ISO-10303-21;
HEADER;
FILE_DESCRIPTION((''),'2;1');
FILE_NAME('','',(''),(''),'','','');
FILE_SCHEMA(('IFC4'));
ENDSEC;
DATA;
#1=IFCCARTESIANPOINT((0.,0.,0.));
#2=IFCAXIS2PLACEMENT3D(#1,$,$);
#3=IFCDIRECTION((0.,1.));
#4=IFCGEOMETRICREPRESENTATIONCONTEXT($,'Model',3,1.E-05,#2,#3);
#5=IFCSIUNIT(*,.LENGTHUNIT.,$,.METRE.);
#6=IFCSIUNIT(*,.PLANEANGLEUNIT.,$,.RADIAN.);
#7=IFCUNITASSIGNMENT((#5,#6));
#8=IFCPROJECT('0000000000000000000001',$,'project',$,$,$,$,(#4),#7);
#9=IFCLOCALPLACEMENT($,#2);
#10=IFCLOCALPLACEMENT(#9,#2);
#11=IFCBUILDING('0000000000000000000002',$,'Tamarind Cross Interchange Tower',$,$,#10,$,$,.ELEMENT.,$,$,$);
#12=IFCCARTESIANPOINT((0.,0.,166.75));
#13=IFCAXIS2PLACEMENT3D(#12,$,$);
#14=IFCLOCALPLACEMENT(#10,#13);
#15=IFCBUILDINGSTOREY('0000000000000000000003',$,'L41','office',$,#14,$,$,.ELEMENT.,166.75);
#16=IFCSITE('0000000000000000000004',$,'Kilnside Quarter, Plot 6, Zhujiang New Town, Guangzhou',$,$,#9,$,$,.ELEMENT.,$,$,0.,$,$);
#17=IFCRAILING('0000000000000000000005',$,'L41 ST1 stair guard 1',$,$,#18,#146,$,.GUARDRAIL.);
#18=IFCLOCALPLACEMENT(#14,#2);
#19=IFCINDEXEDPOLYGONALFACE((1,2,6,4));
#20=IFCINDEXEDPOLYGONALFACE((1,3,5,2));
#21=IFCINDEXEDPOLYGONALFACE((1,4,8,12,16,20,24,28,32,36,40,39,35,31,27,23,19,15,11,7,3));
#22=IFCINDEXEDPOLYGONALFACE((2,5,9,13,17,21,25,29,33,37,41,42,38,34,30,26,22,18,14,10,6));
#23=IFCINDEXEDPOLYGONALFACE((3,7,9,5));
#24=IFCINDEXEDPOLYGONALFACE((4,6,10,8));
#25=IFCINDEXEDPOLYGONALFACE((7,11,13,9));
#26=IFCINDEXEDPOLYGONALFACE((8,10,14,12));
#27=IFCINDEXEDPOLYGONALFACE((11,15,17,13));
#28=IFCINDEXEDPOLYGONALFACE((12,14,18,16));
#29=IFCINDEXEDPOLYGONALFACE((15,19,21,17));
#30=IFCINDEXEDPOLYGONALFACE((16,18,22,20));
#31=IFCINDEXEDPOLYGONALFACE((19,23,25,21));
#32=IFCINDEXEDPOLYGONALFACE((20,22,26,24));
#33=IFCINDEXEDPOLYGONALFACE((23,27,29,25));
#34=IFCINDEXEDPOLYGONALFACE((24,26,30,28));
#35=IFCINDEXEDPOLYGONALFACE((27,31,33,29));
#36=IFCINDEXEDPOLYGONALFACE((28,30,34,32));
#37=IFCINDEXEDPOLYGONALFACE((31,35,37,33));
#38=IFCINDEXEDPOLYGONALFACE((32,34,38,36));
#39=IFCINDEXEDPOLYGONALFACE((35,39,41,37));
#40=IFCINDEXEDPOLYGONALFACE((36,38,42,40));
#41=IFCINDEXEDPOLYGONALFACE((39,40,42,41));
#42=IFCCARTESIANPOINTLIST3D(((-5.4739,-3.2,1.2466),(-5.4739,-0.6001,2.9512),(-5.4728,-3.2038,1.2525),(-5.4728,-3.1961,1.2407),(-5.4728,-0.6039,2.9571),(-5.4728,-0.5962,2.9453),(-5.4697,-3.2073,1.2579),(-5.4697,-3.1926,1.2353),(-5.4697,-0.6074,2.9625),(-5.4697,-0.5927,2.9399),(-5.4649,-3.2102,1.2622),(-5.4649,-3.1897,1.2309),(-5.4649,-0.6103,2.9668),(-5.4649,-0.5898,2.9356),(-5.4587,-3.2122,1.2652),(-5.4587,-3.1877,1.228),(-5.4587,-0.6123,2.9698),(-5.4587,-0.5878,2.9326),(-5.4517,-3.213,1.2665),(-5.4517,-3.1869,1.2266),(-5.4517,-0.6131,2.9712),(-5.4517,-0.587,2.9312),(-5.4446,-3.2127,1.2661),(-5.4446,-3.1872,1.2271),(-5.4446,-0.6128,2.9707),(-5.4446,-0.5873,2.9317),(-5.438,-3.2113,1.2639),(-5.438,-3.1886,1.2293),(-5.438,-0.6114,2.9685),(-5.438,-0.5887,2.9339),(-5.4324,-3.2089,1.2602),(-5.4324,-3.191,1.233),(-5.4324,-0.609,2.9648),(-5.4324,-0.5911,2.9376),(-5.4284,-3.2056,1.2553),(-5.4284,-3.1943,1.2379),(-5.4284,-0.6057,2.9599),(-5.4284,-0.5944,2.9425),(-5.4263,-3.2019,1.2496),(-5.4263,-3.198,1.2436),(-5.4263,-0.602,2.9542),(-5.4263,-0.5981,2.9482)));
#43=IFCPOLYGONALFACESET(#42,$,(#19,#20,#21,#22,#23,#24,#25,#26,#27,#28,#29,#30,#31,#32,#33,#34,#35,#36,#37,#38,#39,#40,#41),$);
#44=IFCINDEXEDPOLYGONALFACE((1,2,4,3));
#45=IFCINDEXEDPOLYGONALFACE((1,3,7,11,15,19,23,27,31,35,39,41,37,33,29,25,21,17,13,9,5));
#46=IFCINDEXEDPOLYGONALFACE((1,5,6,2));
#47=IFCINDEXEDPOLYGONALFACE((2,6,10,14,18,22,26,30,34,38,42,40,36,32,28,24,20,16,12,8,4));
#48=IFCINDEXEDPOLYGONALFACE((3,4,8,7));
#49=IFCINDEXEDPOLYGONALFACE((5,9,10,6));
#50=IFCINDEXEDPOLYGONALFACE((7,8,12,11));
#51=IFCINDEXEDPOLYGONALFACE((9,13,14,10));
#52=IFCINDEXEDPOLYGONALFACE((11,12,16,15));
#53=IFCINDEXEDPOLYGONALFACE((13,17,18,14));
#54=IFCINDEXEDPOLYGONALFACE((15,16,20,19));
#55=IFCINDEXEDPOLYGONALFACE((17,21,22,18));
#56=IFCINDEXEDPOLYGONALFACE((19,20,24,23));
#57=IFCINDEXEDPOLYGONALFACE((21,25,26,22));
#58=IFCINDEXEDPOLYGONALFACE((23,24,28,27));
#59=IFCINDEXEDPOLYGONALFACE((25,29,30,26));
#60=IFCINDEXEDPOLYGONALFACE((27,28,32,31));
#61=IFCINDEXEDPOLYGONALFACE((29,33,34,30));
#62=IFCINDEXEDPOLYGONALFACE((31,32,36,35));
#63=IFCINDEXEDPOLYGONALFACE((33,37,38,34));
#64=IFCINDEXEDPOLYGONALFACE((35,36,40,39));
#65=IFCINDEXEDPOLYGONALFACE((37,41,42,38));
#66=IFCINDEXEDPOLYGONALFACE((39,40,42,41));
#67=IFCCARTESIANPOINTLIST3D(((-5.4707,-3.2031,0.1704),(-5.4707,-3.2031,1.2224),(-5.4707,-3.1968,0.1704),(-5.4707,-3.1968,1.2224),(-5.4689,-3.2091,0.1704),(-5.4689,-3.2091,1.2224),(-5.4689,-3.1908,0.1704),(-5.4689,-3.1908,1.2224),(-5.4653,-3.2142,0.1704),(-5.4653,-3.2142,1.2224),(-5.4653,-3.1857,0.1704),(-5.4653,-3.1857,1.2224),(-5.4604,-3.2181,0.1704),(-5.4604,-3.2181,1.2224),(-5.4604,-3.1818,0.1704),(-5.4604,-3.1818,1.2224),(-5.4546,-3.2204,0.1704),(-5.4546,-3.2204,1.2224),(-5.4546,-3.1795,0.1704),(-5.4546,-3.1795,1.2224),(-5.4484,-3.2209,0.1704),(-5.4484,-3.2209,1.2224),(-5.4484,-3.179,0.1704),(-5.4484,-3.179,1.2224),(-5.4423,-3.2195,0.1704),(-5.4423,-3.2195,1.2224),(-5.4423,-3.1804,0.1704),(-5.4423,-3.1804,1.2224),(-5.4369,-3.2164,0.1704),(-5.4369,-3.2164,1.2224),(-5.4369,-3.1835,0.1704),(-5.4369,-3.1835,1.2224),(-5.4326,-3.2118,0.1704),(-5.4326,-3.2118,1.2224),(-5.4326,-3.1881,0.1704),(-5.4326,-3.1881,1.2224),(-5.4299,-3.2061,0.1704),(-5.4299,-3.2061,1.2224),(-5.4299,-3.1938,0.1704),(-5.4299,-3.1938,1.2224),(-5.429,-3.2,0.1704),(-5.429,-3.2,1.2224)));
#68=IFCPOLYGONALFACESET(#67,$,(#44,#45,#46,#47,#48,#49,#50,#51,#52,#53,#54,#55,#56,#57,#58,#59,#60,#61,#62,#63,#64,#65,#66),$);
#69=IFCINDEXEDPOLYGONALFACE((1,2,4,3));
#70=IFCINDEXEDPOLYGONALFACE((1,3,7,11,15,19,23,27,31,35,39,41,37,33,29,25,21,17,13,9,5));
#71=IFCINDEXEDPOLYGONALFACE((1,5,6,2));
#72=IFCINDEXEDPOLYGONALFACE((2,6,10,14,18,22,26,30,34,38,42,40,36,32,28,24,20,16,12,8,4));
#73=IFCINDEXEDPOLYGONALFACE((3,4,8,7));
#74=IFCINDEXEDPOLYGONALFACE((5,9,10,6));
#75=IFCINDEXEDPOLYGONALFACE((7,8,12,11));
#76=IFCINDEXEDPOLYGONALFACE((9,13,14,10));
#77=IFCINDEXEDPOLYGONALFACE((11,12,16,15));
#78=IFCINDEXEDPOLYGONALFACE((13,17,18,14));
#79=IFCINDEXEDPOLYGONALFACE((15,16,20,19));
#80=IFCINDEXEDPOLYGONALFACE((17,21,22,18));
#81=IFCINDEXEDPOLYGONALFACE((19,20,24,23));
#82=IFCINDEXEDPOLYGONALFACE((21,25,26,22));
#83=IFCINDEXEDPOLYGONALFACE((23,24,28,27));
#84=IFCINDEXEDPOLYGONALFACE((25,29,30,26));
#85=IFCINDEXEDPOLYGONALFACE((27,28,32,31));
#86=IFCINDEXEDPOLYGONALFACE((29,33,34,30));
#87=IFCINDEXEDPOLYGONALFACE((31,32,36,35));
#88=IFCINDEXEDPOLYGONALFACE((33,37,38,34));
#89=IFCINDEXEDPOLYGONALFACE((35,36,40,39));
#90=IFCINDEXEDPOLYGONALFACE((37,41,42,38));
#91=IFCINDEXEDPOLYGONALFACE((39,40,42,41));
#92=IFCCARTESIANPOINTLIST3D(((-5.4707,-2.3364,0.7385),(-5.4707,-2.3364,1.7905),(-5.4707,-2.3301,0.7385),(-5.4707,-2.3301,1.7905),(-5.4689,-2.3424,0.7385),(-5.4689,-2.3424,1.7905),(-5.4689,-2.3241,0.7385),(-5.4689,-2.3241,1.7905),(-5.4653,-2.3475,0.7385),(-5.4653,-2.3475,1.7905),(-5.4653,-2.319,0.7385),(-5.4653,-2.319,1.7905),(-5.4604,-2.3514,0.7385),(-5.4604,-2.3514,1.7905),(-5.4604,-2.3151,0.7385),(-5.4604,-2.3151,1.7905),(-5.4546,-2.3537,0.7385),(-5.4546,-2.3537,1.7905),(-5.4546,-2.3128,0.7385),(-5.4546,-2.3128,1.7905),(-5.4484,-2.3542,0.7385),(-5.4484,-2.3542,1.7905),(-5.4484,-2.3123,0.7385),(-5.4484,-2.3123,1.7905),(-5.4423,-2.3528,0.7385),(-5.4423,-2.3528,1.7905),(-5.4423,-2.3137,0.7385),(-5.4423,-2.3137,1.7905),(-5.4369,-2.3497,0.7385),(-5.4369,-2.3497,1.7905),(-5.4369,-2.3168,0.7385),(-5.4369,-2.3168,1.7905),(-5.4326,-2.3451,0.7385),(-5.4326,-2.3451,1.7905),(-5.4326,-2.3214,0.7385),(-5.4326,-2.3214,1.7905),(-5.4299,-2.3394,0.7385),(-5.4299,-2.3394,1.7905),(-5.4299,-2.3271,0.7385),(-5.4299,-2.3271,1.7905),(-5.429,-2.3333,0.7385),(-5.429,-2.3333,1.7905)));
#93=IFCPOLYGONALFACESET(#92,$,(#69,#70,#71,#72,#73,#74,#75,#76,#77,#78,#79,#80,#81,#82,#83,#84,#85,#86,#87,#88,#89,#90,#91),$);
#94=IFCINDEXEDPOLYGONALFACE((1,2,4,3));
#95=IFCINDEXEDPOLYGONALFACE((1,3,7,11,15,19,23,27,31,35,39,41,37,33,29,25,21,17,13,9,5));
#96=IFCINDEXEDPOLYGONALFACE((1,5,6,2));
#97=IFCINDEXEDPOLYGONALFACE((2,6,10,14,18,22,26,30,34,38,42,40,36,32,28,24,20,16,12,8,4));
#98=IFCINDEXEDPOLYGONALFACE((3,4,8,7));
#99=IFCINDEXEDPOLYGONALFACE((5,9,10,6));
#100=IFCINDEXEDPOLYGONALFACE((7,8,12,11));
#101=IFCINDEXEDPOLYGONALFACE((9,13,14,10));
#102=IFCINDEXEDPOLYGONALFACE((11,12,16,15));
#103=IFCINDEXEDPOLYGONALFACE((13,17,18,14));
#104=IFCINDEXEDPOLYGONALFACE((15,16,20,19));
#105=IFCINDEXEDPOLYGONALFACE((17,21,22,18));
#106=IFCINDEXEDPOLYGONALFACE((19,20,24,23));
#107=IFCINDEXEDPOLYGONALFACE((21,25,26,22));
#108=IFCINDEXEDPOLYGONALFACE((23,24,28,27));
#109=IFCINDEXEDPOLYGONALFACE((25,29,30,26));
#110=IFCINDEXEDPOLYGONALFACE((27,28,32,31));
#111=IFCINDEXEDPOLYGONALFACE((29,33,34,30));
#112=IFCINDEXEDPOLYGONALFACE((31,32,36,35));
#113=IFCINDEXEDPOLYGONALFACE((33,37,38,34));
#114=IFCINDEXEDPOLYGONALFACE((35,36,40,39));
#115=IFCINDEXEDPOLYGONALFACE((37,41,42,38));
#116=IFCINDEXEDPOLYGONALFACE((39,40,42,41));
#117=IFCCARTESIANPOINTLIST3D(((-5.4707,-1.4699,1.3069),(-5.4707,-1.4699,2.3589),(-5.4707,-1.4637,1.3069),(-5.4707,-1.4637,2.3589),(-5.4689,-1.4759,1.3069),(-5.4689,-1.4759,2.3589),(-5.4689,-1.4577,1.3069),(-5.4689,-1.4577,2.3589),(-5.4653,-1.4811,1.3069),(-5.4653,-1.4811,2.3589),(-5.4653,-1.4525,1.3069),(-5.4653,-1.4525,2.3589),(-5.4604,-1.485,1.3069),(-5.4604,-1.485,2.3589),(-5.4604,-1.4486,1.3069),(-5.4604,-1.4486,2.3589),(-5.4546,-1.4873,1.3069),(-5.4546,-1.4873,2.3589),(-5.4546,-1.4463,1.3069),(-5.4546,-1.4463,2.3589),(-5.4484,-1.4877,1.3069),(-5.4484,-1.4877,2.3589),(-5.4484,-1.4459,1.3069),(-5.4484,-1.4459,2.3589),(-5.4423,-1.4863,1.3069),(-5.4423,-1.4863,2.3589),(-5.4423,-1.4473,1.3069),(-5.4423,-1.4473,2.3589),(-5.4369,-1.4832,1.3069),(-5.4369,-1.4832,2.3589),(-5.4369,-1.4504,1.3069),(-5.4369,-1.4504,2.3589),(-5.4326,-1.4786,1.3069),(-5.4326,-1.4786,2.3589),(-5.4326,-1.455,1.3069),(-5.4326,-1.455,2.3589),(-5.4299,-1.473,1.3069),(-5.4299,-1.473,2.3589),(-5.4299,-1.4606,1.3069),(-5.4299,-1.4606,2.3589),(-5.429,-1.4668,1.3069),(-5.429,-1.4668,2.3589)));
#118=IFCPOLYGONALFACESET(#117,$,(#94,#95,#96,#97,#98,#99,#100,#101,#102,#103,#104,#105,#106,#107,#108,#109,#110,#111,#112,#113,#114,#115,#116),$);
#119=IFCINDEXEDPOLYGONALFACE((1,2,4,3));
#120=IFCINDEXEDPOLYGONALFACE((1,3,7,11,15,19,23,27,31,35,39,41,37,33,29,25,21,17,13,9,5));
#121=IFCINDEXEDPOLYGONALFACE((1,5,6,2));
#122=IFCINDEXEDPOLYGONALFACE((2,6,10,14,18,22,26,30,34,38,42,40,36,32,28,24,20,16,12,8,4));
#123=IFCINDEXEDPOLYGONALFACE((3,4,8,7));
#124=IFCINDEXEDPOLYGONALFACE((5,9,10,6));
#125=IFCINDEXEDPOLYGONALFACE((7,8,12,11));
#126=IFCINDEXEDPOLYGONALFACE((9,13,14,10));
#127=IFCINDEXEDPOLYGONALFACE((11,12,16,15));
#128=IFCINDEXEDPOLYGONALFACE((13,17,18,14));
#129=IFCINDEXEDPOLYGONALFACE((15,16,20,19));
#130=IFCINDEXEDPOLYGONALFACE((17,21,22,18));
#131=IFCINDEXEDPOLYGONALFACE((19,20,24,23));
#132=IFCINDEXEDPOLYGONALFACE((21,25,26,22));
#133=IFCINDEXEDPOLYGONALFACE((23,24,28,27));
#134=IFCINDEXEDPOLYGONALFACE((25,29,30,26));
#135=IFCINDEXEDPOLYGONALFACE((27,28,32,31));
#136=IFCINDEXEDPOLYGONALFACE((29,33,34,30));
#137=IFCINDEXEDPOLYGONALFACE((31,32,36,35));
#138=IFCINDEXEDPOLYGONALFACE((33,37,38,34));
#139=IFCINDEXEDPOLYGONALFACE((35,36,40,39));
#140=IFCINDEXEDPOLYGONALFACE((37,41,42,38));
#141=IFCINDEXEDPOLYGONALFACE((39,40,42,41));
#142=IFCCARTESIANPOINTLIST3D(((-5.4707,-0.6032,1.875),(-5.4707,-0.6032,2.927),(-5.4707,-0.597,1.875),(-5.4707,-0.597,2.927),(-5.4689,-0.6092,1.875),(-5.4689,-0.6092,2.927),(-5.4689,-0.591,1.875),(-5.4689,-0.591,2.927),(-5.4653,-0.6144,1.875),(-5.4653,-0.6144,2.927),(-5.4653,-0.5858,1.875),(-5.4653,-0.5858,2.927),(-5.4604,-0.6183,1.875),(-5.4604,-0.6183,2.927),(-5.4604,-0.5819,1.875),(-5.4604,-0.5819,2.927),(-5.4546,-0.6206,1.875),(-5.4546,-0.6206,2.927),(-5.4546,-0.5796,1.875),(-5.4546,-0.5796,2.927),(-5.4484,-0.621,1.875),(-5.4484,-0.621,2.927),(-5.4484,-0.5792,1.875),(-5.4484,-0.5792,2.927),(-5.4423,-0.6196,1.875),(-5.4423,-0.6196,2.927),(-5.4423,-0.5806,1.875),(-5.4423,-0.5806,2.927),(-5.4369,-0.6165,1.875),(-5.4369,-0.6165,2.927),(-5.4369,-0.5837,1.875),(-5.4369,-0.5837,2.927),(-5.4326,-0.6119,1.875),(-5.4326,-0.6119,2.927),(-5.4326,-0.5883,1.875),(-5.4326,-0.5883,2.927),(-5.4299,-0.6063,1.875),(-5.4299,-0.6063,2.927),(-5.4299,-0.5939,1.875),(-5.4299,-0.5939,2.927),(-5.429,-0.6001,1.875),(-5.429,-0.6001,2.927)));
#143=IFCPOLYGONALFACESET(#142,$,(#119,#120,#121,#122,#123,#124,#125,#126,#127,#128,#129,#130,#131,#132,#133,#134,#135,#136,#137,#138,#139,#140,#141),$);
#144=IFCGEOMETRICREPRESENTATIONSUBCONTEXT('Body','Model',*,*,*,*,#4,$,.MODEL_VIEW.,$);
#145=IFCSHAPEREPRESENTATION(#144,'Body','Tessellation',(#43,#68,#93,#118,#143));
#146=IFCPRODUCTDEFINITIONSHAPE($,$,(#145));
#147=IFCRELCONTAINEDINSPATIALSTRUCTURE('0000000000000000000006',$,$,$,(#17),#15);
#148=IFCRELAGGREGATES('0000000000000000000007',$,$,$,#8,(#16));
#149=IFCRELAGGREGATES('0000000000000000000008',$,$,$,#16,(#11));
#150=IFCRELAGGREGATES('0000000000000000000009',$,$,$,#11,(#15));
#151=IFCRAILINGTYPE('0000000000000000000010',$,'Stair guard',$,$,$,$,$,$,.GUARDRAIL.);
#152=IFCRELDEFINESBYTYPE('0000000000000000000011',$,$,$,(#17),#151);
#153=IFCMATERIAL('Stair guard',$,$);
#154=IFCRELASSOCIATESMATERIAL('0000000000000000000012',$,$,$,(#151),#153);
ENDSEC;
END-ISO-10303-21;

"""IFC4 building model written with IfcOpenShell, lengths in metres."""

from ifc_helpers import new_model, si_unit, direction, frame, origin, origin_2d, place, context, subcontext, project, spatial, circle, extrude, material, type_object, element, save


model = new_model("IFC4")

# Units and contexts
model_context = context("Model", 3, precision=1e-05, world=origin(), true_north=direction((0.0, 1.0)))
body_context = subcontext(model_context, "Body", "Model", "MODEL_VIEW")
ifc_project = project(units=[si_unit("LENGTHUNIT", "METRE"), si_unit("PLANEANGLEUNIT", "RADIAN")], contexts=[model_context])

# Site, building, storey
site_placement = place(None, origin())
site = spatial("IfcSite", under=ifc_project, at=site_placement, Name="Kilnside Quarter, Plot 6, Zhujiang New Town, Guangzhou", CompositionType="ELEMENT", RefElevation=0.0)
building_placement = place(site_placement, origin())
building = spatial("IfcBuilding", under=site, at=building_placement, Name="Tamarind Cross Interchange Tower", CompositionType="ELEMENT")
storey_placement = place(building_placement, frame((0.0, 0.0, 166.75)))
storey = spatial("IfcBuildingStorey", under=building, at=storey_placement, Name="L41", Description="office", CompositionType="ELEMENT", Elevation=166.75)

# Railing
ifc_material_1 = material(Name="Stair guard")
railing_type_1 = type_object("IfcRailingType", Name="Stair guard", PredefinedType="GUARDRAIL", material=ifc_material_1)
railing_1_placement = place(storey_placement, frame((-5.45, -3.2, 0.1704)))
element("IfcRailing", 1, at=railing_1_placement, inside=storey, type_object=railing_type_1, Name="L41 ST1 stair guard 1", PredefinedType="GUARDRAIL", context=body_context, shape_type="SweptSolid", body=[
    extrude(circle(Radius=0.0239, at=origin_2d()), frame((0.0, 0.0, 1.0762), z_axis=(0.0, 0.836279, 0.548305), x_axis=(-1.0, 0.0, 0.0)), (0.0, 0.0, 1.0), 3.1089),
    extrude(circle(Radius=0.021, at=origin_2d()), origin(), (0.0, 0.0, 1.0), 1.052),
    extrude(circle(Radius=0.021, at=origin_2d()), frame((0.0, 0.8667, 0.5681)), (0.0, 0.0, 1.0), 1.052),
    extrude(circle(Radius=0.021, at=origin_2d()), frame((0.0, 1.7332, 1.1365)), (0.0, 0.0, 1.0), 1.052),
    extrude(circle(Radius=0.021, at=origin_2d()), frame((0.0, 2.5999, 1.7046)), (0.0, 0.0, 1.0), 1.052),
])

save(model, "model.ifc")
